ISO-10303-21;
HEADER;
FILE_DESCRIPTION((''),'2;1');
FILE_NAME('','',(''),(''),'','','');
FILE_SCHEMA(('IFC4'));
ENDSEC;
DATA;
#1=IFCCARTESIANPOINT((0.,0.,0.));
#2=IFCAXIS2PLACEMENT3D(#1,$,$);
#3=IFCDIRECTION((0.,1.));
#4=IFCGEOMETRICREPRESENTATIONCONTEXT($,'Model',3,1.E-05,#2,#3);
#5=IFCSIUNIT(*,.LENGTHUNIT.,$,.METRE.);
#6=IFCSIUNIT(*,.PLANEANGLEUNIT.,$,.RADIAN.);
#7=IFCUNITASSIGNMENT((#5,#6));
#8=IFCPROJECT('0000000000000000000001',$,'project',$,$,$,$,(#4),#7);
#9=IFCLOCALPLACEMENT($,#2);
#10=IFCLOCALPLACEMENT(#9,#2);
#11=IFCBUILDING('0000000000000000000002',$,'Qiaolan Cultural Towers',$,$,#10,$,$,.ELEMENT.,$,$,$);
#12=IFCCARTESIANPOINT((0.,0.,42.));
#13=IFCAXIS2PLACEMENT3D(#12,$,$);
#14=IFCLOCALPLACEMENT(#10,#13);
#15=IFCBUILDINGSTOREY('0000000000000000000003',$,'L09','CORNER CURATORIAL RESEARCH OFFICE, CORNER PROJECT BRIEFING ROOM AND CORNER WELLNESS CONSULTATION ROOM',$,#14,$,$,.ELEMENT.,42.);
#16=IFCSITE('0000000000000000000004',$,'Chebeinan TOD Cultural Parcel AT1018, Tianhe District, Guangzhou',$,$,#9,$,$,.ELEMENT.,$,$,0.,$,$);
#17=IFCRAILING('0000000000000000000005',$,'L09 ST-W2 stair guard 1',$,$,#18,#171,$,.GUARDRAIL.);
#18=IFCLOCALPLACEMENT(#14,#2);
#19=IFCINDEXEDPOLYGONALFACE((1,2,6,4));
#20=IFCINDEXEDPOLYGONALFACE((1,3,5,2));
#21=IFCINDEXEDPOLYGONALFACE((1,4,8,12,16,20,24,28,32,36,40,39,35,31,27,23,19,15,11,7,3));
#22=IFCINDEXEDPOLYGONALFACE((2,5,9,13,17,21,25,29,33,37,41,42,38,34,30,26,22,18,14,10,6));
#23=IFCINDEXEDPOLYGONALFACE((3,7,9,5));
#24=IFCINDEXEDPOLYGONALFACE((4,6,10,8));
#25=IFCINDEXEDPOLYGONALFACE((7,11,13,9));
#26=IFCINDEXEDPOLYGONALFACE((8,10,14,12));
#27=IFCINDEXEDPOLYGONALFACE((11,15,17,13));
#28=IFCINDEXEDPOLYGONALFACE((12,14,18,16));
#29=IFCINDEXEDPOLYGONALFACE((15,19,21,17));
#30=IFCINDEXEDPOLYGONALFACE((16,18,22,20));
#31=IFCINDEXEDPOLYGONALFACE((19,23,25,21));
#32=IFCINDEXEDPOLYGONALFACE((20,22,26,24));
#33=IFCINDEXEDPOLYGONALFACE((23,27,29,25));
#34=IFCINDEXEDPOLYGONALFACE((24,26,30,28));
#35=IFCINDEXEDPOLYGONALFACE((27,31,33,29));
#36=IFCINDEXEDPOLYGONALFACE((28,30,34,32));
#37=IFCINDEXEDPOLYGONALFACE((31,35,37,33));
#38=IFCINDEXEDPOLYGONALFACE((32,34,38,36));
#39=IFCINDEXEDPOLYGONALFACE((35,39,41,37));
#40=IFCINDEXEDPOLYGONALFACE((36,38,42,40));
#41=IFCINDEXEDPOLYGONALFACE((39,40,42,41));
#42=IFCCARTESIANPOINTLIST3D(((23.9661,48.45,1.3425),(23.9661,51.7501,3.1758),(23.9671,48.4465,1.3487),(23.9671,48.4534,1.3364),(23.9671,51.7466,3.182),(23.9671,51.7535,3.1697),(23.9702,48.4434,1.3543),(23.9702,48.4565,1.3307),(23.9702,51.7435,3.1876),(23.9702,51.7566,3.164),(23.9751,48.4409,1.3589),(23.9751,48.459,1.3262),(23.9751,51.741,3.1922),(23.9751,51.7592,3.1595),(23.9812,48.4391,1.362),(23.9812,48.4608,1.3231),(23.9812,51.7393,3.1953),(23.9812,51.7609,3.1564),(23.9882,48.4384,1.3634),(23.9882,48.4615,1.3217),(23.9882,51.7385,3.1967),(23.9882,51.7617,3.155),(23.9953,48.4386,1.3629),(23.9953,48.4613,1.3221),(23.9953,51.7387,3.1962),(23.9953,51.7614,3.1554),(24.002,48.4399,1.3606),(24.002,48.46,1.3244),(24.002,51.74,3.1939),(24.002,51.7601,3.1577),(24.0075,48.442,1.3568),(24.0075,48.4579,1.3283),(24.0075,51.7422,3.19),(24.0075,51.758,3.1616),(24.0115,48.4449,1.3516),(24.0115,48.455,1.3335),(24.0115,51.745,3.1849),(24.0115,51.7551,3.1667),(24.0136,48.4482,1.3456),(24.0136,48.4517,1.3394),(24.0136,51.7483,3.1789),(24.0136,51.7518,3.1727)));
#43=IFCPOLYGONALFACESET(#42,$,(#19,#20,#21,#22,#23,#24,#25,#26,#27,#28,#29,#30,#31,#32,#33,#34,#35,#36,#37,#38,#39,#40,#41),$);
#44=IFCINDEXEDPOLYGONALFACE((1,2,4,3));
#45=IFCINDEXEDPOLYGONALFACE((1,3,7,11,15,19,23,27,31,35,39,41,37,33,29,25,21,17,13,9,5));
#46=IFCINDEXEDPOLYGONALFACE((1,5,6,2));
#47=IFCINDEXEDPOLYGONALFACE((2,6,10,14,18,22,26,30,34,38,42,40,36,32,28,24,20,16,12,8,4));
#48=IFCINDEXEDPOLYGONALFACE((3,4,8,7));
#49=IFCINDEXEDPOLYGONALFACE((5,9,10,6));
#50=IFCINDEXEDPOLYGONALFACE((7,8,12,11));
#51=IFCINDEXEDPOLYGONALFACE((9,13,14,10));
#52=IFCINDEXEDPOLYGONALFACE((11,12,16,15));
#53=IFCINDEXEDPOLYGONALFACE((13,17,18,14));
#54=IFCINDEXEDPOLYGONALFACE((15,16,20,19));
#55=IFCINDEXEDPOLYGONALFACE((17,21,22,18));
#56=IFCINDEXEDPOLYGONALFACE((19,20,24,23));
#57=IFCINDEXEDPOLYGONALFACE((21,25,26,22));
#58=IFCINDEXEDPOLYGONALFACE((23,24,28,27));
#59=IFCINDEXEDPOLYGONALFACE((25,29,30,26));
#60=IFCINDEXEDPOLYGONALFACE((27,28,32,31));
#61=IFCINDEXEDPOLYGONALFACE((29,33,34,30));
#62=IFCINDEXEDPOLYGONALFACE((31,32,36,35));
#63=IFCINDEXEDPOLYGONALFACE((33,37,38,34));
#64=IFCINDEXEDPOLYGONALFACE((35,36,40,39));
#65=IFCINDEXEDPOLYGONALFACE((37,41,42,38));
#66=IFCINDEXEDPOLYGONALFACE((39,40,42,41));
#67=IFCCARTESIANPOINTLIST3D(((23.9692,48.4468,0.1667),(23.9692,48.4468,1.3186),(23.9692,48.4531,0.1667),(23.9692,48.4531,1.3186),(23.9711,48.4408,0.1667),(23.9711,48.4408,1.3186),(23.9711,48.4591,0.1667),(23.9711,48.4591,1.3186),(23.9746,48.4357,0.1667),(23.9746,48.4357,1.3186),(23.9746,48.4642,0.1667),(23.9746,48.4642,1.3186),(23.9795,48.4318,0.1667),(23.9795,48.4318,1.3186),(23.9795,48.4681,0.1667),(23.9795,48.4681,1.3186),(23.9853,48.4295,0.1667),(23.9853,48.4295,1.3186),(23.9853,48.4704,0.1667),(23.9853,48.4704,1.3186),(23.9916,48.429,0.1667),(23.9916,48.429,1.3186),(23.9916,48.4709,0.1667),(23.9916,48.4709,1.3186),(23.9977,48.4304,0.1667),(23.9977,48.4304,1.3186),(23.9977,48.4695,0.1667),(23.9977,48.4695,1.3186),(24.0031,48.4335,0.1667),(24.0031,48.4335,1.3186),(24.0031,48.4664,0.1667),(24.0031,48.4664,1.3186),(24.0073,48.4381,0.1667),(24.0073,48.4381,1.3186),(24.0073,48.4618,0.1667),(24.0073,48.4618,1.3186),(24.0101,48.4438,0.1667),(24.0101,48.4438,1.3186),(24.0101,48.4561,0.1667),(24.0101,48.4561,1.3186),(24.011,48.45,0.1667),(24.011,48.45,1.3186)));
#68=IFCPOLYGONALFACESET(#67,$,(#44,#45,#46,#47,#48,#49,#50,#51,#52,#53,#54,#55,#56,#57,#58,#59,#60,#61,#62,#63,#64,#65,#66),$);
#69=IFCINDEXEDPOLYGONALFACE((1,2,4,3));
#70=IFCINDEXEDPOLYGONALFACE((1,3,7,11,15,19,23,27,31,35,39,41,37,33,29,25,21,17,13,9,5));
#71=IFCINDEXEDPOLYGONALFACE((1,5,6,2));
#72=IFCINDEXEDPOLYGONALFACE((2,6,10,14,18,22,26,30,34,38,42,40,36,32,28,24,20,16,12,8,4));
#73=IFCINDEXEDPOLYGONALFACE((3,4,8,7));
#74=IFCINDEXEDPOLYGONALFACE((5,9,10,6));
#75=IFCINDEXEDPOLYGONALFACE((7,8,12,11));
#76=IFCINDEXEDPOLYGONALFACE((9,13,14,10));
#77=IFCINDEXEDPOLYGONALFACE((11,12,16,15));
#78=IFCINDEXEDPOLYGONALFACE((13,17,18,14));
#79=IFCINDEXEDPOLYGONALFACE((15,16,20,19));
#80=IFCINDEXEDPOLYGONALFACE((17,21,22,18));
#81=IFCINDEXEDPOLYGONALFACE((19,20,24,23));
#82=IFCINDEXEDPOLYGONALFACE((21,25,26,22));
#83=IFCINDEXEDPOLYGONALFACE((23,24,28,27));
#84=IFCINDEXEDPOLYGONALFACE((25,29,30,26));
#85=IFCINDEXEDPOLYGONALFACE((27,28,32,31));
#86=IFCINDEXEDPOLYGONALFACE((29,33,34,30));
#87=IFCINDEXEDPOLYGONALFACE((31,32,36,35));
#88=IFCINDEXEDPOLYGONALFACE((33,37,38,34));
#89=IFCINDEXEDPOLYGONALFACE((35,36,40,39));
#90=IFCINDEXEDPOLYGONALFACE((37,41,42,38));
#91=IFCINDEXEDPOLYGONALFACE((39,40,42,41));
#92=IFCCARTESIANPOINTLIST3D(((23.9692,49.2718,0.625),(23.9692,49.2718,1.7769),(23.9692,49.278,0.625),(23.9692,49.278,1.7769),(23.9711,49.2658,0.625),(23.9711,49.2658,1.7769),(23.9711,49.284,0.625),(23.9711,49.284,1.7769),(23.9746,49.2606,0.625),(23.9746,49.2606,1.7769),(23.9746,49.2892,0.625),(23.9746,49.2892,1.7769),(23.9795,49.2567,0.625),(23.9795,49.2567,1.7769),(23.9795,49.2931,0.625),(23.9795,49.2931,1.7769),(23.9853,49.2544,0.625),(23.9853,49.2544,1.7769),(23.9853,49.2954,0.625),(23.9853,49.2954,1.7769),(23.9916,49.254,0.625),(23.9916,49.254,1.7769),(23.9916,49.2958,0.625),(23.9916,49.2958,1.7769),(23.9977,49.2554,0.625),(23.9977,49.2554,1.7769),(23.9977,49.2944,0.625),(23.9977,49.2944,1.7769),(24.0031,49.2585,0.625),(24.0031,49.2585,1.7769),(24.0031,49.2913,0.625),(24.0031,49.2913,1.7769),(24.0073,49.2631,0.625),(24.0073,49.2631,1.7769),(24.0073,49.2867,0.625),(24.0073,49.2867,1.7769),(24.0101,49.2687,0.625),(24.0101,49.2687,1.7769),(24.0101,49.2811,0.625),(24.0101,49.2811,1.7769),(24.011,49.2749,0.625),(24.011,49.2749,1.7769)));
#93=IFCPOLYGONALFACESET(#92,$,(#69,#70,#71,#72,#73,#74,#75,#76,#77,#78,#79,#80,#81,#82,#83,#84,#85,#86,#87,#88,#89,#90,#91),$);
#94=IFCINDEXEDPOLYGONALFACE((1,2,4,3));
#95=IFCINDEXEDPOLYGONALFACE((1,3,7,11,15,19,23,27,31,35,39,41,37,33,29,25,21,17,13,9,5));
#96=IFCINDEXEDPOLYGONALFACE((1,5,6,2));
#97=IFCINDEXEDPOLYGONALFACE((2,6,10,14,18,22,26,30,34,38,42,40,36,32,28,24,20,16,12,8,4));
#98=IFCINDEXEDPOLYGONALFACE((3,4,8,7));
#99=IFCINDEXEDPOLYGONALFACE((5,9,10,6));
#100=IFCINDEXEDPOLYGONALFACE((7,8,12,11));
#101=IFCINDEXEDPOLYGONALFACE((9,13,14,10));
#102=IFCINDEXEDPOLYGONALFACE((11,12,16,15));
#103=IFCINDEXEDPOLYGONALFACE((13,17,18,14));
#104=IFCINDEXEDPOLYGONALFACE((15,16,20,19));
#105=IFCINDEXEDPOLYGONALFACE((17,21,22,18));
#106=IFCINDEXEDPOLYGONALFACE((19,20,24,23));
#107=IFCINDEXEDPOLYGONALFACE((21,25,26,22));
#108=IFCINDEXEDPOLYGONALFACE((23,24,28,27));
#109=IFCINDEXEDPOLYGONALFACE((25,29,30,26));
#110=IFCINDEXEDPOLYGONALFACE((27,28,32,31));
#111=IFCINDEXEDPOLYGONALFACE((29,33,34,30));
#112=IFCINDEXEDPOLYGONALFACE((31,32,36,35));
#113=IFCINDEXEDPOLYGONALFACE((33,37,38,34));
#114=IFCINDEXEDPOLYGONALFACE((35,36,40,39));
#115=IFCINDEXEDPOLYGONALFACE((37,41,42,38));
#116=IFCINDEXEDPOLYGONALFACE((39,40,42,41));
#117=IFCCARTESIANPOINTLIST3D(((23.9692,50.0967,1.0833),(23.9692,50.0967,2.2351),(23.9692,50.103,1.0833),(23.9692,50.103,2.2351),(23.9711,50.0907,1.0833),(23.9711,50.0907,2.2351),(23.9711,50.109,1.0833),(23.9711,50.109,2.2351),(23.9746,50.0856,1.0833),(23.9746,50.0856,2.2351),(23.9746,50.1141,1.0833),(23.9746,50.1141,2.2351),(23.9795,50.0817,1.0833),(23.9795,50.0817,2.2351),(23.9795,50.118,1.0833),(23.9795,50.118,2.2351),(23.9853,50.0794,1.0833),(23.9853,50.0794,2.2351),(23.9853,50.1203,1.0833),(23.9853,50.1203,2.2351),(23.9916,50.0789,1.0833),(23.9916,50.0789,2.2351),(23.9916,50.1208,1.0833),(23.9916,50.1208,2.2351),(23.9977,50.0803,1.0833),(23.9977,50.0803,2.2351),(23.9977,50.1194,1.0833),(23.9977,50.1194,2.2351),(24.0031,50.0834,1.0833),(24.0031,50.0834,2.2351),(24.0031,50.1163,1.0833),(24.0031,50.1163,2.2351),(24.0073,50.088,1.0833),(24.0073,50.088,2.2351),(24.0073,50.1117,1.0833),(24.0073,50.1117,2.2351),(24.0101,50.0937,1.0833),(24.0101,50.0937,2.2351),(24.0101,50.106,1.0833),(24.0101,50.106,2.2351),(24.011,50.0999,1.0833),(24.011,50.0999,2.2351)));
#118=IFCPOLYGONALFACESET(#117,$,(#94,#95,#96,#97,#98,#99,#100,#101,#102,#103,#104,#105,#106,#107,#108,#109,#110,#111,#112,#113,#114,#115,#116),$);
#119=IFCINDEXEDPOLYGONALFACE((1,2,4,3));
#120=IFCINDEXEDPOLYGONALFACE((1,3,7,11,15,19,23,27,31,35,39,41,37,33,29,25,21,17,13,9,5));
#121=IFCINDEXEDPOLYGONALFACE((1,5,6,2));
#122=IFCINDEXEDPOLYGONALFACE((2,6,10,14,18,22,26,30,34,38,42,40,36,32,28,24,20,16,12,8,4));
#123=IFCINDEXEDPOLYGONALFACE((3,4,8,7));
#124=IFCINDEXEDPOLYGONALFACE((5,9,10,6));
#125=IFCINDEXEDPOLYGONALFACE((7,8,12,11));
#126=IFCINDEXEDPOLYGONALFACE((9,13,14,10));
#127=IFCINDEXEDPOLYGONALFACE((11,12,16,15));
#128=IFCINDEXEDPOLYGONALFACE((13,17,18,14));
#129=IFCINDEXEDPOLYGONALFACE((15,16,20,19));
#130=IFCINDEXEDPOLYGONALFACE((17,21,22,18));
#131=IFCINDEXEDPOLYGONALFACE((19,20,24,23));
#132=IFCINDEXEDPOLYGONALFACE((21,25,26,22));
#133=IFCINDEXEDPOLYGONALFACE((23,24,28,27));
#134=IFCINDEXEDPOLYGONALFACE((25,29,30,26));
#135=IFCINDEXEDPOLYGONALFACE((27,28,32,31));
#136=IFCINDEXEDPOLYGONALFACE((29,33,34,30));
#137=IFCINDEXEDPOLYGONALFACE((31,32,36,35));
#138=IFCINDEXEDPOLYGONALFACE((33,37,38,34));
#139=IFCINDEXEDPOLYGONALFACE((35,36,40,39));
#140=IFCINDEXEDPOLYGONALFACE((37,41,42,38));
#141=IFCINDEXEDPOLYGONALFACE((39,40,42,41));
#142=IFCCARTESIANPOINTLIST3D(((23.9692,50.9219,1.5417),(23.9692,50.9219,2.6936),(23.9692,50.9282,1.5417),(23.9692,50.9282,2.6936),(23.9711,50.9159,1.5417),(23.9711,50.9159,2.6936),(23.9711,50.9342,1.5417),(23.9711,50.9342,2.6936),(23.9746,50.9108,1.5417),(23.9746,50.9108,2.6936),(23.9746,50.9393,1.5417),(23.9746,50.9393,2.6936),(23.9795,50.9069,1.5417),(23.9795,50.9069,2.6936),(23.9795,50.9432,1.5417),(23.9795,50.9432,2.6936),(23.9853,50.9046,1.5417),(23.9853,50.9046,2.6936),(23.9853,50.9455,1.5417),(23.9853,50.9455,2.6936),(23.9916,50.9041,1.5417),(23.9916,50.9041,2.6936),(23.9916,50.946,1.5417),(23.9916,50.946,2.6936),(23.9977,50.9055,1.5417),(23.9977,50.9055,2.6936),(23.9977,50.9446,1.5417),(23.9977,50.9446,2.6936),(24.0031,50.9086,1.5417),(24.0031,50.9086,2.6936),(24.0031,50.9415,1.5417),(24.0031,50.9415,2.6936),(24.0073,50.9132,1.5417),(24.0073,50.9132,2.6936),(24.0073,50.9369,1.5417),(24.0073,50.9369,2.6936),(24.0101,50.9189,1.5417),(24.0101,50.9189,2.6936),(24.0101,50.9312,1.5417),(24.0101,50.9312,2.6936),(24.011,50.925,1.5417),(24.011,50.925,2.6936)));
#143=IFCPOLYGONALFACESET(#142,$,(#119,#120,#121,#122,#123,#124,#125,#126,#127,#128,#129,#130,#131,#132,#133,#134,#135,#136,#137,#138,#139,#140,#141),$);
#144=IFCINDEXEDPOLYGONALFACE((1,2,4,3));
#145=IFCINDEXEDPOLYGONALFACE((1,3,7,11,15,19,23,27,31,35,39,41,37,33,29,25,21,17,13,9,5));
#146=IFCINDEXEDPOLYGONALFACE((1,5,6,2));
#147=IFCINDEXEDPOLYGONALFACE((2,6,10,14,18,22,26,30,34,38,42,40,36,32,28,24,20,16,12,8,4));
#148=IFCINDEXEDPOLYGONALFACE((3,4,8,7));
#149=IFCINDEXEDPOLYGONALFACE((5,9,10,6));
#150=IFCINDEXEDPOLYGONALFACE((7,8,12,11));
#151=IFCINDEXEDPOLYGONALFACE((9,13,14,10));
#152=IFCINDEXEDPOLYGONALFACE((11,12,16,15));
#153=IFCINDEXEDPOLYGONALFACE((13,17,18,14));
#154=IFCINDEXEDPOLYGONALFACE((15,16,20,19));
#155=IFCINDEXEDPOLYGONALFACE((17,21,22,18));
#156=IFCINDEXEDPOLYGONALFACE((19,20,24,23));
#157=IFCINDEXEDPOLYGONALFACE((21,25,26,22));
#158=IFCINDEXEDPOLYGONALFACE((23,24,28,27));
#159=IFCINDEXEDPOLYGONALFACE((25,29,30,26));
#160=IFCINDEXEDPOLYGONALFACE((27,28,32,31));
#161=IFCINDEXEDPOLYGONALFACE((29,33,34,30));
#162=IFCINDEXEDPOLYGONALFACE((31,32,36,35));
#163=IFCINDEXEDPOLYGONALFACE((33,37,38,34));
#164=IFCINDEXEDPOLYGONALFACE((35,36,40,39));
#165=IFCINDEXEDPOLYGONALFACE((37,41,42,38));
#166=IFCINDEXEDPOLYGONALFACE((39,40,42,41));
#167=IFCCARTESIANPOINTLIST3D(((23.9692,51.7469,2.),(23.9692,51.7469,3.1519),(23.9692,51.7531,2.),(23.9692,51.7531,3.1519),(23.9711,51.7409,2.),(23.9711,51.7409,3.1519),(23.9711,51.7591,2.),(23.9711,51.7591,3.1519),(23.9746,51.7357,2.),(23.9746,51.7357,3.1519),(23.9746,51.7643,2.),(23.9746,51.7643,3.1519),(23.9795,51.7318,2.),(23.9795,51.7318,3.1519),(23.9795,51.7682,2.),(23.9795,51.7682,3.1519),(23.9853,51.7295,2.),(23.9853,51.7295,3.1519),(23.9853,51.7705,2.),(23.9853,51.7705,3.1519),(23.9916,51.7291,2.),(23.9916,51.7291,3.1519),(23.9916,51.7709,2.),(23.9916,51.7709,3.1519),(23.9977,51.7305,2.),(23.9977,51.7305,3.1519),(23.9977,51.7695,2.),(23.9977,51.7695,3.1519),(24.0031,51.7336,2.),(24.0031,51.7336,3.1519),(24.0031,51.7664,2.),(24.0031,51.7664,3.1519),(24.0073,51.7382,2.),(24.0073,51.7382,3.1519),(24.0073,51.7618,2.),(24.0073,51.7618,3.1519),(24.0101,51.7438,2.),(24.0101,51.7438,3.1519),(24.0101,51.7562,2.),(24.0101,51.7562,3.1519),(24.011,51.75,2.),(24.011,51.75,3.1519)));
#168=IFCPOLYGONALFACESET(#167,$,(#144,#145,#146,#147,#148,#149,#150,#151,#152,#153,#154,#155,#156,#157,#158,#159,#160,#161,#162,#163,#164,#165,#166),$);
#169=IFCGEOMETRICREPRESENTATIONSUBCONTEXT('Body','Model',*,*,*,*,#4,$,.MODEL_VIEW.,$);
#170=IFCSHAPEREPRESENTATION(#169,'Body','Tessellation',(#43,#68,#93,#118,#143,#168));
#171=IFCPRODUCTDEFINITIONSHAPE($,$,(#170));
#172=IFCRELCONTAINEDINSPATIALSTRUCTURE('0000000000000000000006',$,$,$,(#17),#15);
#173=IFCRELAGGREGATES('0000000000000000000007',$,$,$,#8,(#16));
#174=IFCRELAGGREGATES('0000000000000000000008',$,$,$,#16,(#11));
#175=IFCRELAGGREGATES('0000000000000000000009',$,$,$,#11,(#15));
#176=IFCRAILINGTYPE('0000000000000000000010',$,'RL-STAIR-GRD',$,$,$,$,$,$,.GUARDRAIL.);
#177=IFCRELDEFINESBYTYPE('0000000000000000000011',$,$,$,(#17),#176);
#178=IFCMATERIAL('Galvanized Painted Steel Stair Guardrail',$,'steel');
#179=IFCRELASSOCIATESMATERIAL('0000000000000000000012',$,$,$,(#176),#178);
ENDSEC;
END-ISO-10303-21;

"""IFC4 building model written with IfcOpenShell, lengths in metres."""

from ifc_helpers import new_model, si_unit, direction, frame, origin, origin_2d, place, context, subcontext, project, spatial, circle, extrude, material, type_object, element, save


model = new_model("IFC4")

# Units and contexts
model_context = context("Model", 3, precision=1e-05, world=origin(), true_north=direction((0.0, 1.0)))
body_context = subcontext(model_context, "Body", "Model", "MODEL_VIEW")
ifc_project = project(units=[si_unit("LENGTHUNIT", "METRE"), si_unit("PLANEANGLEUNIT", "RADIAN")], contexts=[model_context])

# Site, building, storey
site_placement = place(None, origin())
site = spatial("IfcSite", under=ifc_project, at=site_placement, Name="Chebeinan TOD Cultural Parcel AT1018, Tianhe District, Guangzhou", CompositionType="ELEMENT", RefElevation=0.0)
building_placement = place(site_placement, origin())
building = spatial("IfcBuilding", under=site, at=building_placement, Name="Qiaolan Cultural Towers", CompositionType="ELEMENT")
storey_placement = place(building_placement, frame((0.0, 0.0, 42.0)))
storey = spatial("IfcBuildingStorey", under=building, at=storey_placement, Name="L09", Description="CORNER CURATORIAL RESEARCH OFFICE, CORNER PROJECT BRIEFING ROOM AND CORNER WELLNESS CONSULTATION ROOM", CompositionType="ELEMENT", Elevation=42.0)

# Railing
ifc_material_1 = material(Name="Galvanized Painted Steel Stair Guardrail", Category="steel")
railing_type_1 = type_object("IfcRailingType", Name="RL-STAIR-GRD", PredefinedType="GUARDRAIL", material=ifc_material_1)
railing_1_placement = place(storey_placement, frame((23.99, 48.45, 0.1667)))
element("IfcRailing", 1, at=railing_1_placement, inside=storey, type_object=railing_type_1, Name="L09 ST-W2 stair guard 1", PredefinedType="GUARDRAIL", context=body_context, shape_type="SweptSolid", body=[
    extrude(circle(Radius=0.0239, at=origin_2d()), frame((0.0, 0.0, 1.1758), z_axis=(0.0, 0.874169, 0.485621), x_axis=(-1.0, 0.0, 0.0)), (0.0, 0.0, 1.0), 3.7751),
    extrude(circle(Radius=0.021, at=origin_2d()), origin(), (0.0, 0.0, 1.0), 1.1519),
    extrude(circle(Radius=0.021, at=origin_2d()), frame((0.0, 0.825, 0.4583)), (0.0, 0.0, 1.0), 1.1519),
    extrude(circle(Radius=0.021, at=origin_2d()), frame((0.0, 1.6499, 0.9165)), (0.0, 0.0, 1.0), 1.1519),
    extrude(circle(Radius=0.021, at=origin_2d()), frame((0.0, 2.4751, 1.375)), (0.0, 0.0, 1.0), 1.1519),
    extrude(circle(Radius=0.021, at=origin_2d()), frame((0.0, 3.3, 1.8333)), (0.0, 0.0, 1.0), 1.1519),
])

save(model, "model.ifc")
